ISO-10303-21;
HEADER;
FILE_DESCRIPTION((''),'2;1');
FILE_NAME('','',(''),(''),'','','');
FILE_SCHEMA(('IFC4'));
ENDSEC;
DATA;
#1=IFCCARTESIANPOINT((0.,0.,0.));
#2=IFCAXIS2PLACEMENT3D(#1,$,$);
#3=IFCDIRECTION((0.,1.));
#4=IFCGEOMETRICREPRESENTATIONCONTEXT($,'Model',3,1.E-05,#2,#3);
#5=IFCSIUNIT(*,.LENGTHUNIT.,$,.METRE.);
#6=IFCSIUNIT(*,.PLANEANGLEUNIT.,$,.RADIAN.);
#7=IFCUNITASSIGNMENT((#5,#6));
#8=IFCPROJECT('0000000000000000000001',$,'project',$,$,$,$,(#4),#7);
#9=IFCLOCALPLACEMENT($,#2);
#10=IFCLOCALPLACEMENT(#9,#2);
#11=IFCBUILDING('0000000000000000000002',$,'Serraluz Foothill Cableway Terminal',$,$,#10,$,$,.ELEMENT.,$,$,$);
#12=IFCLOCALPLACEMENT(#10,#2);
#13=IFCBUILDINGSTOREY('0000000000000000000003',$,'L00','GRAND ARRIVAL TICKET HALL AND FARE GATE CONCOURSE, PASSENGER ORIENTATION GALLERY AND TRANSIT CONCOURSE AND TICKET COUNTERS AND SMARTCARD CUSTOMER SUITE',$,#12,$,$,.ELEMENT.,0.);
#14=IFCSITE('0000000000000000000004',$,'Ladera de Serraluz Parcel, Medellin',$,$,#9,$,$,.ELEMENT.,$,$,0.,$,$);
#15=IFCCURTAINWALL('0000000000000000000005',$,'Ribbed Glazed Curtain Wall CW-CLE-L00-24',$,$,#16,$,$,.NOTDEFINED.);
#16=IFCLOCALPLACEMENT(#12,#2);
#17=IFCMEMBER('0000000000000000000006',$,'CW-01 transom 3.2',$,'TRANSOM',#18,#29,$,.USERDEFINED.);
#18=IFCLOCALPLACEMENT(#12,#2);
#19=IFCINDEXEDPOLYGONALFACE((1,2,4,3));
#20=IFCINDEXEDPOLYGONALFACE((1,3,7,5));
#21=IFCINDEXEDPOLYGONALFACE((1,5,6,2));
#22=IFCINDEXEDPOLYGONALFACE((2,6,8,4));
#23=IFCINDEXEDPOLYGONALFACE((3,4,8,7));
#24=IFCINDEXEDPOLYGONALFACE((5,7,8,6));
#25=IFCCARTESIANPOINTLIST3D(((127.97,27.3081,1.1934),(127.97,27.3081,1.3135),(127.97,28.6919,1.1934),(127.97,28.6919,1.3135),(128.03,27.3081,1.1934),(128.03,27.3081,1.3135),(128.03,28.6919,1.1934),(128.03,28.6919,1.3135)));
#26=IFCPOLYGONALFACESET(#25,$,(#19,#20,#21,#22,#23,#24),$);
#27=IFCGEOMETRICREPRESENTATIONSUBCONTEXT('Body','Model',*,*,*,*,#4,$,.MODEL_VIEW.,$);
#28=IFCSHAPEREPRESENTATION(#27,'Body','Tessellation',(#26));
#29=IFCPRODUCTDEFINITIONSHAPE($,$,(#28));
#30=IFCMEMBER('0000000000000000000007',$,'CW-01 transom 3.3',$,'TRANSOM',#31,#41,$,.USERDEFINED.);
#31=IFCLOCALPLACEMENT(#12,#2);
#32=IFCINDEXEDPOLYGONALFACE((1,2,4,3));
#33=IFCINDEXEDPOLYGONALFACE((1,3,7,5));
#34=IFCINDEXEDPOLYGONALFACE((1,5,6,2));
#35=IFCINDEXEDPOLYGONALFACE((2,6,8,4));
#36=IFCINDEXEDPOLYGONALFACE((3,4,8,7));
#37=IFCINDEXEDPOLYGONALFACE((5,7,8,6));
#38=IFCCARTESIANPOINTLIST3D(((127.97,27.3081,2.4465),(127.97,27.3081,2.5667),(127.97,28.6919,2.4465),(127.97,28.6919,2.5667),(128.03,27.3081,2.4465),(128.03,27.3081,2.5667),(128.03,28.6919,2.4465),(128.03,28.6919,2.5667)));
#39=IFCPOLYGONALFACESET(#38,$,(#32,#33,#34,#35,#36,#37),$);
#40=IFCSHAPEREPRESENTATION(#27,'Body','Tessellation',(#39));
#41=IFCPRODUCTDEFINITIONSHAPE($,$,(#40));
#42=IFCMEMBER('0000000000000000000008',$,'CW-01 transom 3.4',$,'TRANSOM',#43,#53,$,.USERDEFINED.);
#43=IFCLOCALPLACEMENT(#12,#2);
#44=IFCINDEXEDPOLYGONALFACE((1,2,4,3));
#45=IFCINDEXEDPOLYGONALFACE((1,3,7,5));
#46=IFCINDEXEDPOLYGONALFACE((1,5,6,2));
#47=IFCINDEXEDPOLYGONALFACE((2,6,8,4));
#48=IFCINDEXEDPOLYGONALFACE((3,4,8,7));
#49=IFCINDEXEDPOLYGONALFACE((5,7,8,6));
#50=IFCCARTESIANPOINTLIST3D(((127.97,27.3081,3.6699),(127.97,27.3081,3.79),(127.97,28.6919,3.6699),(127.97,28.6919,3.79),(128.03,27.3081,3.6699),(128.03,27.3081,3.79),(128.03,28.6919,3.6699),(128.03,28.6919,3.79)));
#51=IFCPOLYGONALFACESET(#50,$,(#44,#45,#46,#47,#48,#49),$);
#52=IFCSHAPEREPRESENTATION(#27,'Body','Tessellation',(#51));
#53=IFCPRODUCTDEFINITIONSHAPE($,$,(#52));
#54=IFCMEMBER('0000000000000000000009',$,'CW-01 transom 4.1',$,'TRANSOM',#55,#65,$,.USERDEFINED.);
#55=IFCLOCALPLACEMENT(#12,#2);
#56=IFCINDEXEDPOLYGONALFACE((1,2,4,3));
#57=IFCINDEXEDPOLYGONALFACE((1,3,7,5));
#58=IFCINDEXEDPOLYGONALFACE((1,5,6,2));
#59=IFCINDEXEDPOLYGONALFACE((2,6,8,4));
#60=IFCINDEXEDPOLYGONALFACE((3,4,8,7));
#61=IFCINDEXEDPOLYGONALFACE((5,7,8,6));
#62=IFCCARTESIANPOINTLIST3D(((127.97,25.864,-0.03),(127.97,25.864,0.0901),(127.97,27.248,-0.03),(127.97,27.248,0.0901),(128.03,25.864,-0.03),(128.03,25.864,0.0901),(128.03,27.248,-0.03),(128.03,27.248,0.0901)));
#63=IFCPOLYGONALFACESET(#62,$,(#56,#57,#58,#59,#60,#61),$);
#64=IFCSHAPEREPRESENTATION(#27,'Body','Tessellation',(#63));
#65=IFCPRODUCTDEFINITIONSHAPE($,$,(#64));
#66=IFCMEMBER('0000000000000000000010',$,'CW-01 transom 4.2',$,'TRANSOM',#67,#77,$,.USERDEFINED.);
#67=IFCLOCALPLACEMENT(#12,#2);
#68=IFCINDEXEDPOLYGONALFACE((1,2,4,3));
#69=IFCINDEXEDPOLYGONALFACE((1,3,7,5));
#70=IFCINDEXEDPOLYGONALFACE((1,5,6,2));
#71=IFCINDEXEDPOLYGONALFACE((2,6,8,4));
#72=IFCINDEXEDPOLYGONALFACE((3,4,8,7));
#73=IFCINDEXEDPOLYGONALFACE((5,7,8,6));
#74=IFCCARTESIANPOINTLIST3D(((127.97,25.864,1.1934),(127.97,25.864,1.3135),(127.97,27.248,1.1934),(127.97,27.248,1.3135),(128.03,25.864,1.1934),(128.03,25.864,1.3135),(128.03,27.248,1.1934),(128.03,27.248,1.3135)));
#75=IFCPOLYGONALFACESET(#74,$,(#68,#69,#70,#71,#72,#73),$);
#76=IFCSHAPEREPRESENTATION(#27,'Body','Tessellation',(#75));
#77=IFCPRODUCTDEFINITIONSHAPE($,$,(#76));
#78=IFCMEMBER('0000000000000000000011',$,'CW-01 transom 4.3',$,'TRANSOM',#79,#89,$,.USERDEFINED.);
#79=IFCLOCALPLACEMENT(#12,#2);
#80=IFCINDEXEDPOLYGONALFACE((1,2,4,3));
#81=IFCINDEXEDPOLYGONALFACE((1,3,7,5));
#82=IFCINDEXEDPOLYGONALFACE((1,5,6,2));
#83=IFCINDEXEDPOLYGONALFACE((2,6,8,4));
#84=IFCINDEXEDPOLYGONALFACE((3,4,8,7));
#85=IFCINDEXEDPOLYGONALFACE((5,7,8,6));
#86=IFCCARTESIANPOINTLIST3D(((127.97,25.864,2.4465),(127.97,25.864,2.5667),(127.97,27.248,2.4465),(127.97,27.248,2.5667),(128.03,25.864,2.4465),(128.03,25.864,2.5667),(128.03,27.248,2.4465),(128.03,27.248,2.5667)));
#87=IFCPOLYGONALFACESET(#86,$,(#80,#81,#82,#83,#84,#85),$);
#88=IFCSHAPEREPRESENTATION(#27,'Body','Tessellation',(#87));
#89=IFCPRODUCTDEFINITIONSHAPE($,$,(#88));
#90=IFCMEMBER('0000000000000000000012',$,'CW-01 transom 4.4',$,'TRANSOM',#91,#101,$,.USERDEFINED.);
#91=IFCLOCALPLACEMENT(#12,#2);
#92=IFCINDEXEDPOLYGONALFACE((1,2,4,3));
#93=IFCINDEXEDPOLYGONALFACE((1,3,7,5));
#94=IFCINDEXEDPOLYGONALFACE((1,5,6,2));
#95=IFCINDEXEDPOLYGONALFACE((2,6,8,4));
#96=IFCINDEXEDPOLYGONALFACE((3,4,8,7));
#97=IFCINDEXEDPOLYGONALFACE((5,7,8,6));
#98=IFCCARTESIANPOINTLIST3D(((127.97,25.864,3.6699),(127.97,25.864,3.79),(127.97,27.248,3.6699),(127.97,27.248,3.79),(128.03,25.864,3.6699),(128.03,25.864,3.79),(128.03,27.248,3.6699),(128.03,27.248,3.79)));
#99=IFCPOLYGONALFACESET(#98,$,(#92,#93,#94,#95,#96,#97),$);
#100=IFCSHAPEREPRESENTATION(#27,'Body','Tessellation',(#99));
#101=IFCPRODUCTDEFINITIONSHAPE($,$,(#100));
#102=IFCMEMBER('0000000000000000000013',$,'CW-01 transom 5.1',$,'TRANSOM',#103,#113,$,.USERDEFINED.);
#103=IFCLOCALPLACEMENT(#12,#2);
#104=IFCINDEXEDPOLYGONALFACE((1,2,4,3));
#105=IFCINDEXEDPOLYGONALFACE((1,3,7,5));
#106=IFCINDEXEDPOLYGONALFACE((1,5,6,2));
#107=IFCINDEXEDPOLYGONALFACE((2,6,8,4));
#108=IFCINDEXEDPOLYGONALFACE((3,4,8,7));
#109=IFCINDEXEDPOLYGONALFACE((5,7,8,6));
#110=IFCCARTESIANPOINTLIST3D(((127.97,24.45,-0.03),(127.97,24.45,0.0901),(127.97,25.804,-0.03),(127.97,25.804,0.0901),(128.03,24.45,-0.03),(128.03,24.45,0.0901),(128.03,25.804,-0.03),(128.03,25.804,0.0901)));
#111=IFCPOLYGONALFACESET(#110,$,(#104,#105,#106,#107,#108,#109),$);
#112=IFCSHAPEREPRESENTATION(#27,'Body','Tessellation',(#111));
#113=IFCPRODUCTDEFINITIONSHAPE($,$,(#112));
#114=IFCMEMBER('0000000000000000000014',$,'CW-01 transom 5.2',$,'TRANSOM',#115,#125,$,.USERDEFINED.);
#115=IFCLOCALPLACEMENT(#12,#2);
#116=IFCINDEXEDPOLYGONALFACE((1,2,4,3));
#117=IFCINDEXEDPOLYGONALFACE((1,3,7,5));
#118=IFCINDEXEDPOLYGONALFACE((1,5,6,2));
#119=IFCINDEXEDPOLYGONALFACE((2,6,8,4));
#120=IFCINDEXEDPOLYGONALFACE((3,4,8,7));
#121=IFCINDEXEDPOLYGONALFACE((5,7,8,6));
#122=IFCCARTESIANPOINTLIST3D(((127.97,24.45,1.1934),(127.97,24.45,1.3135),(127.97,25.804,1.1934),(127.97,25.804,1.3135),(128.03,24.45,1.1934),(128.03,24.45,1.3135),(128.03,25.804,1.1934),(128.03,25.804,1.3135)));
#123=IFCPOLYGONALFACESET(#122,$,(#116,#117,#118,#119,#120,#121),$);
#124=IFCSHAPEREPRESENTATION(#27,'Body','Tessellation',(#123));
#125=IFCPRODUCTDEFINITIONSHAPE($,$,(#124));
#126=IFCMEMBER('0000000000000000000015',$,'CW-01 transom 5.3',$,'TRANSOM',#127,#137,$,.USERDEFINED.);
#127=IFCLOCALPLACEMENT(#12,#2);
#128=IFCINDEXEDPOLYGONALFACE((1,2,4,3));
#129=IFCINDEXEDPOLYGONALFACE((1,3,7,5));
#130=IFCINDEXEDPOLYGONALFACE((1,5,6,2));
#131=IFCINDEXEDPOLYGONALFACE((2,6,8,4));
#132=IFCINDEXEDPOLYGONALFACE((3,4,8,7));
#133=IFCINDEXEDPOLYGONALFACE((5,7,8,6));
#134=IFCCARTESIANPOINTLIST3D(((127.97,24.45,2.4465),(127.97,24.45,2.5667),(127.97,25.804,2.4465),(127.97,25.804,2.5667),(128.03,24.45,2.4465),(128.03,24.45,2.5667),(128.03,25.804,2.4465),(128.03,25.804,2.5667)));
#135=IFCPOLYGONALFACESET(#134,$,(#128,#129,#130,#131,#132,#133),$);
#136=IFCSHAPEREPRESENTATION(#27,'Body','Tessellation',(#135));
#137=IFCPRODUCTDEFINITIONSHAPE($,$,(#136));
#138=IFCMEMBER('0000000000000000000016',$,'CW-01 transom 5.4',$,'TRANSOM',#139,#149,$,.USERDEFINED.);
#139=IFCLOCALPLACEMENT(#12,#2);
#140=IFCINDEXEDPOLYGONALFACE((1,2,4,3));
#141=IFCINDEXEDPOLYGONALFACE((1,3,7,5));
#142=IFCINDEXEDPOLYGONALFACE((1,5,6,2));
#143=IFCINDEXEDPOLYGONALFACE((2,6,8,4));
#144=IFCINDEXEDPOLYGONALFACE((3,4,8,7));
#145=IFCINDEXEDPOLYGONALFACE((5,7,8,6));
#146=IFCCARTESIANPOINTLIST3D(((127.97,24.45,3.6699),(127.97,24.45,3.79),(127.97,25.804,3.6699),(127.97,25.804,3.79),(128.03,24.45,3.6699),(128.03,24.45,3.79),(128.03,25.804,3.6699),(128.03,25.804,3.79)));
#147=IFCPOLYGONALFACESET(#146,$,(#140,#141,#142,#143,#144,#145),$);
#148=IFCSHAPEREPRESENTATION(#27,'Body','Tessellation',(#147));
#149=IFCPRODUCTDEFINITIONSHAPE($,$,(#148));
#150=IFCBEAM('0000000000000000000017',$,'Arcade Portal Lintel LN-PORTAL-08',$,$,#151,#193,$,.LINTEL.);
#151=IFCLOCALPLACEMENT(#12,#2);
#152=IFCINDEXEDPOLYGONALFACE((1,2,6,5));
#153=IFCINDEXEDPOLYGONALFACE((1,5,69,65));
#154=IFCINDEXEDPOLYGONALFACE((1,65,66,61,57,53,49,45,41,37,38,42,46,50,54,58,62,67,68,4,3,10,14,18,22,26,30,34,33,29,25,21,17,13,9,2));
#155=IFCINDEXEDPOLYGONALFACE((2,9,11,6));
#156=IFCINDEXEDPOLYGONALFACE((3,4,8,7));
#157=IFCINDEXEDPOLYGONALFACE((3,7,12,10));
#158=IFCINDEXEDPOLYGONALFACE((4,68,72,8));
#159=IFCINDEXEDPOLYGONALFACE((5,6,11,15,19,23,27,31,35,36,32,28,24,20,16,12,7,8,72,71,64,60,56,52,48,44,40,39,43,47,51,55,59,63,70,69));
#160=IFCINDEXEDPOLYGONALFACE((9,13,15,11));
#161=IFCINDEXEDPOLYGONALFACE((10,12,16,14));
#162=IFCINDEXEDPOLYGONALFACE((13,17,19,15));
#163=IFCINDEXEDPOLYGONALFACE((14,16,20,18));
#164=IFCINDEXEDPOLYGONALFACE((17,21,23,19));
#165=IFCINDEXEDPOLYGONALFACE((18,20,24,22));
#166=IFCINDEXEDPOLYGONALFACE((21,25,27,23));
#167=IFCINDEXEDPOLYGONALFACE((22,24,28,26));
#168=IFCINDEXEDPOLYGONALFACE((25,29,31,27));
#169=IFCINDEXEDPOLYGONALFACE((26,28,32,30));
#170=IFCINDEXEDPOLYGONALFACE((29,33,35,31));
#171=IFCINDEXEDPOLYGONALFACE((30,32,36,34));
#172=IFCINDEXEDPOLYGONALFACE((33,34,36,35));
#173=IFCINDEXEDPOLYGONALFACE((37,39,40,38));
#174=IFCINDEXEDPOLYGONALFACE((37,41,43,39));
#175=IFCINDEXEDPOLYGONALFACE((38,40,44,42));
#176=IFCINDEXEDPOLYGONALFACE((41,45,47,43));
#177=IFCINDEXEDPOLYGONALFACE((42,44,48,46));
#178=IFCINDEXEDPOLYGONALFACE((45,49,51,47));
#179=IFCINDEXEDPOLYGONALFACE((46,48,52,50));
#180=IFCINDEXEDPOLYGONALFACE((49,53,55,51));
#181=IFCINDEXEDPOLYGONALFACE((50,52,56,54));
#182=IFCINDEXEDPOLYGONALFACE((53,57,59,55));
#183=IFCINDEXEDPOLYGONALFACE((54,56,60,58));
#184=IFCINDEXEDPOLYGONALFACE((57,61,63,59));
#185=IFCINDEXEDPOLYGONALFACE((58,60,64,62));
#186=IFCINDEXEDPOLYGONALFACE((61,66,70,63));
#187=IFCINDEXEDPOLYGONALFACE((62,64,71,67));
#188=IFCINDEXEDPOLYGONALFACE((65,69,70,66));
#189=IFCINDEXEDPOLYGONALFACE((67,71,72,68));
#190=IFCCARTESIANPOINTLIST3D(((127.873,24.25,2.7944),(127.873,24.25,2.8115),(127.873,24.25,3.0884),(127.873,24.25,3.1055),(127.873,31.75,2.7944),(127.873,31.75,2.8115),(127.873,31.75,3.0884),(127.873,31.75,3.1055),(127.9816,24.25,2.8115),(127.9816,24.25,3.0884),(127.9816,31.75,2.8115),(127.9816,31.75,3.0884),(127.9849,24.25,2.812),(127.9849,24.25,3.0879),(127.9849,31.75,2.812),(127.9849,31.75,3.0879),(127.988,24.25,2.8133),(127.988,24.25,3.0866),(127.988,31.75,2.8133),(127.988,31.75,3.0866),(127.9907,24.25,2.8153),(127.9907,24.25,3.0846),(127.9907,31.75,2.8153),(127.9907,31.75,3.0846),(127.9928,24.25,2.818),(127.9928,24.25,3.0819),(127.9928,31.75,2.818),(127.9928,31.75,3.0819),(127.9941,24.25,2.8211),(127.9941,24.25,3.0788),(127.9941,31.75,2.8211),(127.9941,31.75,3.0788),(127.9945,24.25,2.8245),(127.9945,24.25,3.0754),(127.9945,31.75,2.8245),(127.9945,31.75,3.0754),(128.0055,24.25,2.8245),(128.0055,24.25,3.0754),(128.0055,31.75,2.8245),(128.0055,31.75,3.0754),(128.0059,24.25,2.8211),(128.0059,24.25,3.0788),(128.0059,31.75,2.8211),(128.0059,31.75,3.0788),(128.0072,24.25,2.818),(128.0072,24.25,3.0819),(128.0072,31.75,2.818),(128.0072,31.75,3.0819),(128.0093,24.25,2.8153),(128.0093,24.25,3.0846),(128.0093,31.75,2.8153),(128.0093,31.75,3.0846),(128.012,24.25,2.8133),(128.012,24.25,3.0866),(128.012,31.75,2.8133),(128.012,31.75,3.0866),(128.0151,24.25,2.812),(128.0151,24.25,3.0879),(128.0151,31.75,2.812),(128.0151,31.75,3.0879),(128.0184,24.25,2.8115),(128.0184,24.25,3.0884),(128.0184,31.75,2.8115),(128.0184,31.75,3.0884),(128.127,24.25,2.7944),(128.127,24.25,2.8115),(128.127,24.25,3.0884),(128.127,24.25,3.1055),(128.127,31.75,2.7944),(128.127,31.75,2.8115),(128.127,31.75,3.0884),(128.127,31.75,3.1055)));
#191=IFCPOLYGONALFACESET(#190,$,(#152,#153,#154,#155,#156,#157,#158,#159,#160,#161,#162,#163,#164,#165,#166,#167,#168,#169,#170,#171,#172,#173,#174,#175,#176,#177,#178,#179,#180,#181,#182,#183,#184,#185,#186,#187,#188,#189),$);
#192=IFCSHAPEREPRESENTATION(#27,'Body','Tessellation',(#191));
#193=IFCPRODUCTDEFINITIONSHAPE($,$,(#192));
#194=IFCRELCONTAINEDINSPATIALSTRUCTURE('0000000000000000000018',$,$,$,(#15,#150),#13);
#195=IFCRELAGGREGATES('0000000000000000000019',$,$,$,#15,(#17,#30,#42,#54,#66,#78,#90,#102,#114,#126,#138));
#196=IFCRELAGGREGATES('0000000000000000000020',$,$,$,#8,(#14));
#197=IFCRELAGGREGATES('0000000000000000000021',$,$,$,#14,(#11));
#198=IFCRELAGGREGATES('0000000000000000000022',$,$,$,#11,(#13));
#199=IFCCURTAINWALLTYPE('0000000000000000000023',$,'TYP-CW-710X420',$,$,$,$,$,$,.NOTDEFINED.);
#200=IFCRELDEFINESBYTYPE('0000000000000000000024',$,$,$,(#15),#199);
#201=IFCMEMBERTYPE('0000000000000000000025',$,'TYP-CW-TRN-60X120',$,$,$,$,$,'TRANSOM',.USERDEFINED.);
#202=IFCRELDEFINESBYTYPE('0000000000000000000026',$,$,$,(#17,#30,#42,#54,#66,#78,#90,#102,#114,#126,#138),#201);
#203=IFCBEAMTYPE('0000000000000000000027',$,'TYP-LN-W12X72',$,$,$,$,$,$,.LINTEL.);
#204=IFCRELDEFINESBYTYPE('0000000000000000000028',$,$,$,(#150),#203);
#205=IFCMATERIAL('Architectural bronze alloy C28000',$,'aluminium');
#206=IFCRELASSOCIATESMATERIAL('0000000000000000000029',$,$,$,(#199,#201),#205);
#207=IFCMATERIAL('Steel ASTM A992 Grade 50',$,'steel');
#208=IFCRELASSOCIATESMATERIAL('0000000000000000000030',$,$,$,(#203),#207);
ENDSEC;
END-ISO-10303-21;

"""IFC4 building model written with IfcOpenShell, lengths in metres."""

from ifc_helpers import new_model, si_unit, direction, frame, origin, origin_2d, place, context, subcontext, project, spatial, rectangle, i_section, extrude, material, material_profile, profile_set, type_object, element, aggregate, save


model = new_model("IFC4")

# Units and contexts
model_context = context("Model", 3, precision=1e-05, world=origin(), true_north=direction((0.0, 1.0)))
body_context = subcontext(model_context, "Body", "Model", "MODEL_VIEW")
ifc_project = project(units=[si_unit("LENGTHUNIT", "METRE"), si_unit("PLANEANGLEUNIT", "RADIAN")], contexts=[model_context])

# Site, building, storey
site_placement = place(None, origin())
site = spatial("IfcSite", under=ifc_project, at=site_placement, Name="Ladera de Serraluz Parcel, Medellin", CompositionType="ELEMENT", RefElevation=0.0)
building_placement = place(site_placement, origin())
building = spatial("IfcBuilding", under=site, at=building_placement, Name="Serraluz Foothill Cableway Terminal", CompositionType="ELEMENT")
storey_placement = place(building_placement, origin())
storey = spatial("IfcBuildingStorey", under=building, at=storey_placement, Name="L00", Description="GRAND ARRIVAL TICKET HALL AND FARE GATE CONCOURSE, PASSENGER ORIENTATION GALLERY AND TRANSIT CONCOURSE AND TICKET COUNTERS AND SMARTCARD CUSTOMER SUITE", CompositionType="ELEMENT", Elevation=0.0)

# Shared definitions
ifc_material_1 = material(Name="Architectural bronze alloy C28000", Category="aluminium")
curtain_wall_type = type_object("IfcCurtainWallType", Name="TYP-CW-710X420", PredefinedType="NOTDEFINED", material=ifc_material_1)

# Curtain wall
curtain_wall_1_placement = place(storey_placement, origin())
curtain_wall_1 = element("IfcCurtainWall", 1, at=curtain_wall_1_placement, inside=storey, type_object=curtain_wall_type, Name="Ribbed Glazed Curtain Wall CW-CLE-L00-24", PredefinedType="NOTDEFINED")

# Members
ifc_material_profile_1 = material_profile(ifc_material_1, rectangle(XDim=0.0601, YDim=0.1201, at=origin_2d()), Name="ALU TRANSOM 60x120")
ifc_profile_set_1 = profile_set([ifc_material_profile_1], Name="Architectural bronze alloy C28000")
member_type_1 = type_object("IfcMemberType", Name="TYP-CW-TRN-60X120", ElementType="TRANSOM", PredefinedType="USERDEFINED", material=ifc_profile_set_1)
member_1_placement = place(storey_placement, frame((128.0, 28.6919, 1.2534), z_axis=(0.0, -1.0, 0.0), x_axis=(1.0, 0.0, 0.0)))
member_1 = element("IfcMember", 2, at=member_1_placement, type_object=member_type_1, Name="CW-01 transom 3.2", ObjectType="TRANSOM", PredefinedType="USERDEFINED", context=body_context, shape_type="SweptSolid", body=[
    extrude(rectangle(XDim=0.0601, YDim=0.1201, at=origin_2d()), origin(), (0.0, 0.0, 1.0), 1.3838),
])
member_2_placement = place(storey_placement, frame((128.0, 28.6919, 2.5066), z_axis=(0.0, -1.0, 0.0), x_axis=(1.0, 0.0, 0.0)))
member_2 = element("IfcMember", 3, at=member_2_placement, type_object=member_type_1, Name="CW-01 transom 3.3", ObjectType="TRANSOM", PredefinedType="USERDEFINED", context=body_context, shape_type="SweptSolid", body=[
    extrude(rectangle(XDim=0.0601, YDim=0.1201, at=origin_2d()), origin(), (0.0, 0.0, 1.0), 1.3838),
])
member_3_placement = place(storey_placement, frame((128.0, 28.6919, 3.73), z_axis=(0.0, -1.0, 0.0), x_axis=(1.0, 0.0, 0.0)))
member_3 = element("IfcMember", 4, at=member_3_placement, type_object=member_type_1, Name="CW-01 transom 3.4", ObjectType="TRANSOM", PredefinedType="USERDEFINED", context=body_context, shape_type="SweptSolid", body=[
    extrude(rectangle(XDim=0.0601, YDim=0.1201, at=origin_2d()), origin(), (0.0, 0.0, 1.0), 1.3838),
])
member_4_placement = place(storey_placement, frame((128.0, 27.248, 0.03), z_axis=(0.0, -1.0, 0.0), x_axis=(1.0, 0.0, 0.0)))
member_4 = element("IfcMember", 5, at=member_4_placement, type_object=member_type_1, Name="CW-01 transom 4.1", ObjectType="TRANSOM", PredefinedType="USERDEFINED", context=body_context, shape_type="SweptSolid", body=[
    extrude(rectangle(XDim=0.0601, YDim=0.1201, at=origin_2d()), origin(), (0.0, 0.0, 1.0), 1.384),
])
member_5_placement = place(storey_placement, frame((128.0, 27.248, 1.2534), z_axis=(0.0, -1.0, 0.0), x_axis=(1.0, 0.0, 0.0)))
member_5 = element("IfcMember", 6, at=member_5_placement, type_object=member_type_1, Name="CW-01 transom 4.2", ObjectType="TRANSOM", PredefinedType="USERDEFINED", context=body_context, shape_type="SweptSolid", body=[
    extrude(rectangle(XDim=0.0601, YDim=0.1201, at=origin_2d()), origin(), (0.0, 0.0, 1.0), 1.384),
])
member_6_placement = place(storey_placement, frame((128.0, 27.248, 2.5066), z_axis=(0.0, -1.0, 0.0), x_axis=(1.0, 0.0, 0.0)))
member_6 = element("IfcMember", 7, at=member_6_placement, type_object=member_type_1, Name="CW-01 transom 4.3", ObjectType="TRANSOM", PredefinedType="USERDEFINED", context=body_context, shape_type="SweptSolid", body=[
    extrude(rectangle(XDim=0.0601, YDim=0.1201, at=origin_2d()), origin(), (0.0, 0.0, 1.0), 1.384),
])
member_7_placement = place(storey_placement, frame((128.0, 27.248, 3.73), z_axis=(0.0, -1.0, 0.0), x_axis=(1.0, 0.0, 0.0)))
member_7 = element("IfcMember", 8, at=member_7_placement, type_object=member_type_1, Name="CW-01 transom 4.4", ObjectType="TRANSOM", PredefinedType="USERDEFINED", context=body_context, shape_type="SweptSolid", body=[
    extrude(rectangle(XDim=0.0601, YDim=0.1201, at=origin_2d()), origin(), (0.0, 0.0, 1.0), 1.384),
])
member_8_placement = place(storey_placement, frame((128.0, 25.804, 0.03), z_axis=(0.0, -1.0, 0.0), x_axis=(1.0, 0.0, 0.0)))
member_8 = element("IfcMember", 9, at=member_8_placement, type_object=member_type_1, Name="CW-01 transom 5.1", ObjectType="TRANSOM", PredefinedType="USERDEFINED", context=body_context, shape_type="SweptSolid", body=[
    extrude(rectangle(XDim=0.0601, YDim=0.1201, at=origin_2d()), origin(), (0.0, 0.0, 1.0), 1.354),
])
member_9_placement = place(storey_placement, frame((128.0, 25.804, 1.2534), z_axis=(0.0, -1.0, 0.0), x_axis=(1.0, 0.0, 0.0)))
member_9 = element("IfcMember", 10, at=member_9_placement, type_object=member_type_1, Name="CW-01 transom 5.2", ObjectType="TRANSOM", PredefinedType="USERDEFINED", context=body_context, shape_type="SweptSolid", body=[
    extrude(rectangle(XDim=0.0601, YDim=0.1201, at=origin_2d()), origin(), (0.0, 0.0, 1.0), 1.354),
])
member_10_placement = place(storey_placement, frame((128.0, 25.804, 2.5066), z_axis=(0.0, -1.0, 0.0), x_axis=(1.0, 0.0, 0.0)))
member_10 = element("IfcMember", 11, at=member_10_placement, type_object=member_type_1, Name="CW-01 transom 5.3", ObjectType="TRANSOM", PredefinedType="USERDEFINED", context=body_context, shape_type="SweptSolid", body=[
    extrude(rectangle(XDim=0.0601, YDim=0.1201, at=origin_2d()), origin(), (0.0, 0.0, 1.0), 1.354),
])
member_11_placement = place(storey_placement, frame((128.0, 25.804, 3.73), z_axis=(0.0, -1.0, 0.0), x_axis=(1.0, 0.0, 0.0)))
member_11 = element("IfcMember", 12, at=member_11_placement, type_object=member_type_1, Name="CW-01 transom 5.4", ObjectType="TRANSOM", PredefinedType="USERDEFINED", context=body_context, shape_type="SweptSolid", body=[
    extrude(rectangle(XDim=0.0601, YDim=0.1201, at=origin_2d()), origin(), (0.0, 0.0, 1.0), 1.354),
])

# Beam
ifc_material_2 = material(Name="Steel ASTM A992 Grade 50", Category="steel")
ifc_material_profile_2 = material_profile(ifc_material_2, i_section(OverallWidth=0.2539, OverallDepth=0.311, WebThickness=0.011, FlangeThickness=0.0171, FilletRadius=0.0129, at=origin_2d()), Name="W12X72")
ifc_profile_set_2 = profile_set([ifc_material_profile_2], Name="Steel ASTM A992 Grade 50")
beam_type_1 = type_object("IfcBeamType", Name="TYP-LN-W12X72", PredefinedType="LINTEL", material=ifc_profile_set_2)
beam_1_placement = place(storey_placement, frame((128.0, 24.25, 2.95), z_axis=(0.0, 1.0, 0.0), x_axis=(-1.0, 0.0, 0.0)))
element("IfcBeam", 13, at=beam_1_placement, inside=storey, type_object=beam_type_1, Name="Arcade Portal Lintel LN-PORTAL-08", PredefinedType="LINTEL", context=body_context, shape_type="SweptSolid", body=[
    extrude(i_section(OverallWidth=0.2539, OverallDepth=0.311, WebThickness=0.011, FlangeThickness=0.0171, FilletRadius=0.0129, at=origin_2d()), origin(), (0.0, 0.0, 1.0), 7.5),
])

aggregate(curtain_wall_1, [member_1, member_2, member_3, member_4, member_5, member_6, member_7, member_8, member_9, member_10, member_11])

save(model, "model.ifc")
